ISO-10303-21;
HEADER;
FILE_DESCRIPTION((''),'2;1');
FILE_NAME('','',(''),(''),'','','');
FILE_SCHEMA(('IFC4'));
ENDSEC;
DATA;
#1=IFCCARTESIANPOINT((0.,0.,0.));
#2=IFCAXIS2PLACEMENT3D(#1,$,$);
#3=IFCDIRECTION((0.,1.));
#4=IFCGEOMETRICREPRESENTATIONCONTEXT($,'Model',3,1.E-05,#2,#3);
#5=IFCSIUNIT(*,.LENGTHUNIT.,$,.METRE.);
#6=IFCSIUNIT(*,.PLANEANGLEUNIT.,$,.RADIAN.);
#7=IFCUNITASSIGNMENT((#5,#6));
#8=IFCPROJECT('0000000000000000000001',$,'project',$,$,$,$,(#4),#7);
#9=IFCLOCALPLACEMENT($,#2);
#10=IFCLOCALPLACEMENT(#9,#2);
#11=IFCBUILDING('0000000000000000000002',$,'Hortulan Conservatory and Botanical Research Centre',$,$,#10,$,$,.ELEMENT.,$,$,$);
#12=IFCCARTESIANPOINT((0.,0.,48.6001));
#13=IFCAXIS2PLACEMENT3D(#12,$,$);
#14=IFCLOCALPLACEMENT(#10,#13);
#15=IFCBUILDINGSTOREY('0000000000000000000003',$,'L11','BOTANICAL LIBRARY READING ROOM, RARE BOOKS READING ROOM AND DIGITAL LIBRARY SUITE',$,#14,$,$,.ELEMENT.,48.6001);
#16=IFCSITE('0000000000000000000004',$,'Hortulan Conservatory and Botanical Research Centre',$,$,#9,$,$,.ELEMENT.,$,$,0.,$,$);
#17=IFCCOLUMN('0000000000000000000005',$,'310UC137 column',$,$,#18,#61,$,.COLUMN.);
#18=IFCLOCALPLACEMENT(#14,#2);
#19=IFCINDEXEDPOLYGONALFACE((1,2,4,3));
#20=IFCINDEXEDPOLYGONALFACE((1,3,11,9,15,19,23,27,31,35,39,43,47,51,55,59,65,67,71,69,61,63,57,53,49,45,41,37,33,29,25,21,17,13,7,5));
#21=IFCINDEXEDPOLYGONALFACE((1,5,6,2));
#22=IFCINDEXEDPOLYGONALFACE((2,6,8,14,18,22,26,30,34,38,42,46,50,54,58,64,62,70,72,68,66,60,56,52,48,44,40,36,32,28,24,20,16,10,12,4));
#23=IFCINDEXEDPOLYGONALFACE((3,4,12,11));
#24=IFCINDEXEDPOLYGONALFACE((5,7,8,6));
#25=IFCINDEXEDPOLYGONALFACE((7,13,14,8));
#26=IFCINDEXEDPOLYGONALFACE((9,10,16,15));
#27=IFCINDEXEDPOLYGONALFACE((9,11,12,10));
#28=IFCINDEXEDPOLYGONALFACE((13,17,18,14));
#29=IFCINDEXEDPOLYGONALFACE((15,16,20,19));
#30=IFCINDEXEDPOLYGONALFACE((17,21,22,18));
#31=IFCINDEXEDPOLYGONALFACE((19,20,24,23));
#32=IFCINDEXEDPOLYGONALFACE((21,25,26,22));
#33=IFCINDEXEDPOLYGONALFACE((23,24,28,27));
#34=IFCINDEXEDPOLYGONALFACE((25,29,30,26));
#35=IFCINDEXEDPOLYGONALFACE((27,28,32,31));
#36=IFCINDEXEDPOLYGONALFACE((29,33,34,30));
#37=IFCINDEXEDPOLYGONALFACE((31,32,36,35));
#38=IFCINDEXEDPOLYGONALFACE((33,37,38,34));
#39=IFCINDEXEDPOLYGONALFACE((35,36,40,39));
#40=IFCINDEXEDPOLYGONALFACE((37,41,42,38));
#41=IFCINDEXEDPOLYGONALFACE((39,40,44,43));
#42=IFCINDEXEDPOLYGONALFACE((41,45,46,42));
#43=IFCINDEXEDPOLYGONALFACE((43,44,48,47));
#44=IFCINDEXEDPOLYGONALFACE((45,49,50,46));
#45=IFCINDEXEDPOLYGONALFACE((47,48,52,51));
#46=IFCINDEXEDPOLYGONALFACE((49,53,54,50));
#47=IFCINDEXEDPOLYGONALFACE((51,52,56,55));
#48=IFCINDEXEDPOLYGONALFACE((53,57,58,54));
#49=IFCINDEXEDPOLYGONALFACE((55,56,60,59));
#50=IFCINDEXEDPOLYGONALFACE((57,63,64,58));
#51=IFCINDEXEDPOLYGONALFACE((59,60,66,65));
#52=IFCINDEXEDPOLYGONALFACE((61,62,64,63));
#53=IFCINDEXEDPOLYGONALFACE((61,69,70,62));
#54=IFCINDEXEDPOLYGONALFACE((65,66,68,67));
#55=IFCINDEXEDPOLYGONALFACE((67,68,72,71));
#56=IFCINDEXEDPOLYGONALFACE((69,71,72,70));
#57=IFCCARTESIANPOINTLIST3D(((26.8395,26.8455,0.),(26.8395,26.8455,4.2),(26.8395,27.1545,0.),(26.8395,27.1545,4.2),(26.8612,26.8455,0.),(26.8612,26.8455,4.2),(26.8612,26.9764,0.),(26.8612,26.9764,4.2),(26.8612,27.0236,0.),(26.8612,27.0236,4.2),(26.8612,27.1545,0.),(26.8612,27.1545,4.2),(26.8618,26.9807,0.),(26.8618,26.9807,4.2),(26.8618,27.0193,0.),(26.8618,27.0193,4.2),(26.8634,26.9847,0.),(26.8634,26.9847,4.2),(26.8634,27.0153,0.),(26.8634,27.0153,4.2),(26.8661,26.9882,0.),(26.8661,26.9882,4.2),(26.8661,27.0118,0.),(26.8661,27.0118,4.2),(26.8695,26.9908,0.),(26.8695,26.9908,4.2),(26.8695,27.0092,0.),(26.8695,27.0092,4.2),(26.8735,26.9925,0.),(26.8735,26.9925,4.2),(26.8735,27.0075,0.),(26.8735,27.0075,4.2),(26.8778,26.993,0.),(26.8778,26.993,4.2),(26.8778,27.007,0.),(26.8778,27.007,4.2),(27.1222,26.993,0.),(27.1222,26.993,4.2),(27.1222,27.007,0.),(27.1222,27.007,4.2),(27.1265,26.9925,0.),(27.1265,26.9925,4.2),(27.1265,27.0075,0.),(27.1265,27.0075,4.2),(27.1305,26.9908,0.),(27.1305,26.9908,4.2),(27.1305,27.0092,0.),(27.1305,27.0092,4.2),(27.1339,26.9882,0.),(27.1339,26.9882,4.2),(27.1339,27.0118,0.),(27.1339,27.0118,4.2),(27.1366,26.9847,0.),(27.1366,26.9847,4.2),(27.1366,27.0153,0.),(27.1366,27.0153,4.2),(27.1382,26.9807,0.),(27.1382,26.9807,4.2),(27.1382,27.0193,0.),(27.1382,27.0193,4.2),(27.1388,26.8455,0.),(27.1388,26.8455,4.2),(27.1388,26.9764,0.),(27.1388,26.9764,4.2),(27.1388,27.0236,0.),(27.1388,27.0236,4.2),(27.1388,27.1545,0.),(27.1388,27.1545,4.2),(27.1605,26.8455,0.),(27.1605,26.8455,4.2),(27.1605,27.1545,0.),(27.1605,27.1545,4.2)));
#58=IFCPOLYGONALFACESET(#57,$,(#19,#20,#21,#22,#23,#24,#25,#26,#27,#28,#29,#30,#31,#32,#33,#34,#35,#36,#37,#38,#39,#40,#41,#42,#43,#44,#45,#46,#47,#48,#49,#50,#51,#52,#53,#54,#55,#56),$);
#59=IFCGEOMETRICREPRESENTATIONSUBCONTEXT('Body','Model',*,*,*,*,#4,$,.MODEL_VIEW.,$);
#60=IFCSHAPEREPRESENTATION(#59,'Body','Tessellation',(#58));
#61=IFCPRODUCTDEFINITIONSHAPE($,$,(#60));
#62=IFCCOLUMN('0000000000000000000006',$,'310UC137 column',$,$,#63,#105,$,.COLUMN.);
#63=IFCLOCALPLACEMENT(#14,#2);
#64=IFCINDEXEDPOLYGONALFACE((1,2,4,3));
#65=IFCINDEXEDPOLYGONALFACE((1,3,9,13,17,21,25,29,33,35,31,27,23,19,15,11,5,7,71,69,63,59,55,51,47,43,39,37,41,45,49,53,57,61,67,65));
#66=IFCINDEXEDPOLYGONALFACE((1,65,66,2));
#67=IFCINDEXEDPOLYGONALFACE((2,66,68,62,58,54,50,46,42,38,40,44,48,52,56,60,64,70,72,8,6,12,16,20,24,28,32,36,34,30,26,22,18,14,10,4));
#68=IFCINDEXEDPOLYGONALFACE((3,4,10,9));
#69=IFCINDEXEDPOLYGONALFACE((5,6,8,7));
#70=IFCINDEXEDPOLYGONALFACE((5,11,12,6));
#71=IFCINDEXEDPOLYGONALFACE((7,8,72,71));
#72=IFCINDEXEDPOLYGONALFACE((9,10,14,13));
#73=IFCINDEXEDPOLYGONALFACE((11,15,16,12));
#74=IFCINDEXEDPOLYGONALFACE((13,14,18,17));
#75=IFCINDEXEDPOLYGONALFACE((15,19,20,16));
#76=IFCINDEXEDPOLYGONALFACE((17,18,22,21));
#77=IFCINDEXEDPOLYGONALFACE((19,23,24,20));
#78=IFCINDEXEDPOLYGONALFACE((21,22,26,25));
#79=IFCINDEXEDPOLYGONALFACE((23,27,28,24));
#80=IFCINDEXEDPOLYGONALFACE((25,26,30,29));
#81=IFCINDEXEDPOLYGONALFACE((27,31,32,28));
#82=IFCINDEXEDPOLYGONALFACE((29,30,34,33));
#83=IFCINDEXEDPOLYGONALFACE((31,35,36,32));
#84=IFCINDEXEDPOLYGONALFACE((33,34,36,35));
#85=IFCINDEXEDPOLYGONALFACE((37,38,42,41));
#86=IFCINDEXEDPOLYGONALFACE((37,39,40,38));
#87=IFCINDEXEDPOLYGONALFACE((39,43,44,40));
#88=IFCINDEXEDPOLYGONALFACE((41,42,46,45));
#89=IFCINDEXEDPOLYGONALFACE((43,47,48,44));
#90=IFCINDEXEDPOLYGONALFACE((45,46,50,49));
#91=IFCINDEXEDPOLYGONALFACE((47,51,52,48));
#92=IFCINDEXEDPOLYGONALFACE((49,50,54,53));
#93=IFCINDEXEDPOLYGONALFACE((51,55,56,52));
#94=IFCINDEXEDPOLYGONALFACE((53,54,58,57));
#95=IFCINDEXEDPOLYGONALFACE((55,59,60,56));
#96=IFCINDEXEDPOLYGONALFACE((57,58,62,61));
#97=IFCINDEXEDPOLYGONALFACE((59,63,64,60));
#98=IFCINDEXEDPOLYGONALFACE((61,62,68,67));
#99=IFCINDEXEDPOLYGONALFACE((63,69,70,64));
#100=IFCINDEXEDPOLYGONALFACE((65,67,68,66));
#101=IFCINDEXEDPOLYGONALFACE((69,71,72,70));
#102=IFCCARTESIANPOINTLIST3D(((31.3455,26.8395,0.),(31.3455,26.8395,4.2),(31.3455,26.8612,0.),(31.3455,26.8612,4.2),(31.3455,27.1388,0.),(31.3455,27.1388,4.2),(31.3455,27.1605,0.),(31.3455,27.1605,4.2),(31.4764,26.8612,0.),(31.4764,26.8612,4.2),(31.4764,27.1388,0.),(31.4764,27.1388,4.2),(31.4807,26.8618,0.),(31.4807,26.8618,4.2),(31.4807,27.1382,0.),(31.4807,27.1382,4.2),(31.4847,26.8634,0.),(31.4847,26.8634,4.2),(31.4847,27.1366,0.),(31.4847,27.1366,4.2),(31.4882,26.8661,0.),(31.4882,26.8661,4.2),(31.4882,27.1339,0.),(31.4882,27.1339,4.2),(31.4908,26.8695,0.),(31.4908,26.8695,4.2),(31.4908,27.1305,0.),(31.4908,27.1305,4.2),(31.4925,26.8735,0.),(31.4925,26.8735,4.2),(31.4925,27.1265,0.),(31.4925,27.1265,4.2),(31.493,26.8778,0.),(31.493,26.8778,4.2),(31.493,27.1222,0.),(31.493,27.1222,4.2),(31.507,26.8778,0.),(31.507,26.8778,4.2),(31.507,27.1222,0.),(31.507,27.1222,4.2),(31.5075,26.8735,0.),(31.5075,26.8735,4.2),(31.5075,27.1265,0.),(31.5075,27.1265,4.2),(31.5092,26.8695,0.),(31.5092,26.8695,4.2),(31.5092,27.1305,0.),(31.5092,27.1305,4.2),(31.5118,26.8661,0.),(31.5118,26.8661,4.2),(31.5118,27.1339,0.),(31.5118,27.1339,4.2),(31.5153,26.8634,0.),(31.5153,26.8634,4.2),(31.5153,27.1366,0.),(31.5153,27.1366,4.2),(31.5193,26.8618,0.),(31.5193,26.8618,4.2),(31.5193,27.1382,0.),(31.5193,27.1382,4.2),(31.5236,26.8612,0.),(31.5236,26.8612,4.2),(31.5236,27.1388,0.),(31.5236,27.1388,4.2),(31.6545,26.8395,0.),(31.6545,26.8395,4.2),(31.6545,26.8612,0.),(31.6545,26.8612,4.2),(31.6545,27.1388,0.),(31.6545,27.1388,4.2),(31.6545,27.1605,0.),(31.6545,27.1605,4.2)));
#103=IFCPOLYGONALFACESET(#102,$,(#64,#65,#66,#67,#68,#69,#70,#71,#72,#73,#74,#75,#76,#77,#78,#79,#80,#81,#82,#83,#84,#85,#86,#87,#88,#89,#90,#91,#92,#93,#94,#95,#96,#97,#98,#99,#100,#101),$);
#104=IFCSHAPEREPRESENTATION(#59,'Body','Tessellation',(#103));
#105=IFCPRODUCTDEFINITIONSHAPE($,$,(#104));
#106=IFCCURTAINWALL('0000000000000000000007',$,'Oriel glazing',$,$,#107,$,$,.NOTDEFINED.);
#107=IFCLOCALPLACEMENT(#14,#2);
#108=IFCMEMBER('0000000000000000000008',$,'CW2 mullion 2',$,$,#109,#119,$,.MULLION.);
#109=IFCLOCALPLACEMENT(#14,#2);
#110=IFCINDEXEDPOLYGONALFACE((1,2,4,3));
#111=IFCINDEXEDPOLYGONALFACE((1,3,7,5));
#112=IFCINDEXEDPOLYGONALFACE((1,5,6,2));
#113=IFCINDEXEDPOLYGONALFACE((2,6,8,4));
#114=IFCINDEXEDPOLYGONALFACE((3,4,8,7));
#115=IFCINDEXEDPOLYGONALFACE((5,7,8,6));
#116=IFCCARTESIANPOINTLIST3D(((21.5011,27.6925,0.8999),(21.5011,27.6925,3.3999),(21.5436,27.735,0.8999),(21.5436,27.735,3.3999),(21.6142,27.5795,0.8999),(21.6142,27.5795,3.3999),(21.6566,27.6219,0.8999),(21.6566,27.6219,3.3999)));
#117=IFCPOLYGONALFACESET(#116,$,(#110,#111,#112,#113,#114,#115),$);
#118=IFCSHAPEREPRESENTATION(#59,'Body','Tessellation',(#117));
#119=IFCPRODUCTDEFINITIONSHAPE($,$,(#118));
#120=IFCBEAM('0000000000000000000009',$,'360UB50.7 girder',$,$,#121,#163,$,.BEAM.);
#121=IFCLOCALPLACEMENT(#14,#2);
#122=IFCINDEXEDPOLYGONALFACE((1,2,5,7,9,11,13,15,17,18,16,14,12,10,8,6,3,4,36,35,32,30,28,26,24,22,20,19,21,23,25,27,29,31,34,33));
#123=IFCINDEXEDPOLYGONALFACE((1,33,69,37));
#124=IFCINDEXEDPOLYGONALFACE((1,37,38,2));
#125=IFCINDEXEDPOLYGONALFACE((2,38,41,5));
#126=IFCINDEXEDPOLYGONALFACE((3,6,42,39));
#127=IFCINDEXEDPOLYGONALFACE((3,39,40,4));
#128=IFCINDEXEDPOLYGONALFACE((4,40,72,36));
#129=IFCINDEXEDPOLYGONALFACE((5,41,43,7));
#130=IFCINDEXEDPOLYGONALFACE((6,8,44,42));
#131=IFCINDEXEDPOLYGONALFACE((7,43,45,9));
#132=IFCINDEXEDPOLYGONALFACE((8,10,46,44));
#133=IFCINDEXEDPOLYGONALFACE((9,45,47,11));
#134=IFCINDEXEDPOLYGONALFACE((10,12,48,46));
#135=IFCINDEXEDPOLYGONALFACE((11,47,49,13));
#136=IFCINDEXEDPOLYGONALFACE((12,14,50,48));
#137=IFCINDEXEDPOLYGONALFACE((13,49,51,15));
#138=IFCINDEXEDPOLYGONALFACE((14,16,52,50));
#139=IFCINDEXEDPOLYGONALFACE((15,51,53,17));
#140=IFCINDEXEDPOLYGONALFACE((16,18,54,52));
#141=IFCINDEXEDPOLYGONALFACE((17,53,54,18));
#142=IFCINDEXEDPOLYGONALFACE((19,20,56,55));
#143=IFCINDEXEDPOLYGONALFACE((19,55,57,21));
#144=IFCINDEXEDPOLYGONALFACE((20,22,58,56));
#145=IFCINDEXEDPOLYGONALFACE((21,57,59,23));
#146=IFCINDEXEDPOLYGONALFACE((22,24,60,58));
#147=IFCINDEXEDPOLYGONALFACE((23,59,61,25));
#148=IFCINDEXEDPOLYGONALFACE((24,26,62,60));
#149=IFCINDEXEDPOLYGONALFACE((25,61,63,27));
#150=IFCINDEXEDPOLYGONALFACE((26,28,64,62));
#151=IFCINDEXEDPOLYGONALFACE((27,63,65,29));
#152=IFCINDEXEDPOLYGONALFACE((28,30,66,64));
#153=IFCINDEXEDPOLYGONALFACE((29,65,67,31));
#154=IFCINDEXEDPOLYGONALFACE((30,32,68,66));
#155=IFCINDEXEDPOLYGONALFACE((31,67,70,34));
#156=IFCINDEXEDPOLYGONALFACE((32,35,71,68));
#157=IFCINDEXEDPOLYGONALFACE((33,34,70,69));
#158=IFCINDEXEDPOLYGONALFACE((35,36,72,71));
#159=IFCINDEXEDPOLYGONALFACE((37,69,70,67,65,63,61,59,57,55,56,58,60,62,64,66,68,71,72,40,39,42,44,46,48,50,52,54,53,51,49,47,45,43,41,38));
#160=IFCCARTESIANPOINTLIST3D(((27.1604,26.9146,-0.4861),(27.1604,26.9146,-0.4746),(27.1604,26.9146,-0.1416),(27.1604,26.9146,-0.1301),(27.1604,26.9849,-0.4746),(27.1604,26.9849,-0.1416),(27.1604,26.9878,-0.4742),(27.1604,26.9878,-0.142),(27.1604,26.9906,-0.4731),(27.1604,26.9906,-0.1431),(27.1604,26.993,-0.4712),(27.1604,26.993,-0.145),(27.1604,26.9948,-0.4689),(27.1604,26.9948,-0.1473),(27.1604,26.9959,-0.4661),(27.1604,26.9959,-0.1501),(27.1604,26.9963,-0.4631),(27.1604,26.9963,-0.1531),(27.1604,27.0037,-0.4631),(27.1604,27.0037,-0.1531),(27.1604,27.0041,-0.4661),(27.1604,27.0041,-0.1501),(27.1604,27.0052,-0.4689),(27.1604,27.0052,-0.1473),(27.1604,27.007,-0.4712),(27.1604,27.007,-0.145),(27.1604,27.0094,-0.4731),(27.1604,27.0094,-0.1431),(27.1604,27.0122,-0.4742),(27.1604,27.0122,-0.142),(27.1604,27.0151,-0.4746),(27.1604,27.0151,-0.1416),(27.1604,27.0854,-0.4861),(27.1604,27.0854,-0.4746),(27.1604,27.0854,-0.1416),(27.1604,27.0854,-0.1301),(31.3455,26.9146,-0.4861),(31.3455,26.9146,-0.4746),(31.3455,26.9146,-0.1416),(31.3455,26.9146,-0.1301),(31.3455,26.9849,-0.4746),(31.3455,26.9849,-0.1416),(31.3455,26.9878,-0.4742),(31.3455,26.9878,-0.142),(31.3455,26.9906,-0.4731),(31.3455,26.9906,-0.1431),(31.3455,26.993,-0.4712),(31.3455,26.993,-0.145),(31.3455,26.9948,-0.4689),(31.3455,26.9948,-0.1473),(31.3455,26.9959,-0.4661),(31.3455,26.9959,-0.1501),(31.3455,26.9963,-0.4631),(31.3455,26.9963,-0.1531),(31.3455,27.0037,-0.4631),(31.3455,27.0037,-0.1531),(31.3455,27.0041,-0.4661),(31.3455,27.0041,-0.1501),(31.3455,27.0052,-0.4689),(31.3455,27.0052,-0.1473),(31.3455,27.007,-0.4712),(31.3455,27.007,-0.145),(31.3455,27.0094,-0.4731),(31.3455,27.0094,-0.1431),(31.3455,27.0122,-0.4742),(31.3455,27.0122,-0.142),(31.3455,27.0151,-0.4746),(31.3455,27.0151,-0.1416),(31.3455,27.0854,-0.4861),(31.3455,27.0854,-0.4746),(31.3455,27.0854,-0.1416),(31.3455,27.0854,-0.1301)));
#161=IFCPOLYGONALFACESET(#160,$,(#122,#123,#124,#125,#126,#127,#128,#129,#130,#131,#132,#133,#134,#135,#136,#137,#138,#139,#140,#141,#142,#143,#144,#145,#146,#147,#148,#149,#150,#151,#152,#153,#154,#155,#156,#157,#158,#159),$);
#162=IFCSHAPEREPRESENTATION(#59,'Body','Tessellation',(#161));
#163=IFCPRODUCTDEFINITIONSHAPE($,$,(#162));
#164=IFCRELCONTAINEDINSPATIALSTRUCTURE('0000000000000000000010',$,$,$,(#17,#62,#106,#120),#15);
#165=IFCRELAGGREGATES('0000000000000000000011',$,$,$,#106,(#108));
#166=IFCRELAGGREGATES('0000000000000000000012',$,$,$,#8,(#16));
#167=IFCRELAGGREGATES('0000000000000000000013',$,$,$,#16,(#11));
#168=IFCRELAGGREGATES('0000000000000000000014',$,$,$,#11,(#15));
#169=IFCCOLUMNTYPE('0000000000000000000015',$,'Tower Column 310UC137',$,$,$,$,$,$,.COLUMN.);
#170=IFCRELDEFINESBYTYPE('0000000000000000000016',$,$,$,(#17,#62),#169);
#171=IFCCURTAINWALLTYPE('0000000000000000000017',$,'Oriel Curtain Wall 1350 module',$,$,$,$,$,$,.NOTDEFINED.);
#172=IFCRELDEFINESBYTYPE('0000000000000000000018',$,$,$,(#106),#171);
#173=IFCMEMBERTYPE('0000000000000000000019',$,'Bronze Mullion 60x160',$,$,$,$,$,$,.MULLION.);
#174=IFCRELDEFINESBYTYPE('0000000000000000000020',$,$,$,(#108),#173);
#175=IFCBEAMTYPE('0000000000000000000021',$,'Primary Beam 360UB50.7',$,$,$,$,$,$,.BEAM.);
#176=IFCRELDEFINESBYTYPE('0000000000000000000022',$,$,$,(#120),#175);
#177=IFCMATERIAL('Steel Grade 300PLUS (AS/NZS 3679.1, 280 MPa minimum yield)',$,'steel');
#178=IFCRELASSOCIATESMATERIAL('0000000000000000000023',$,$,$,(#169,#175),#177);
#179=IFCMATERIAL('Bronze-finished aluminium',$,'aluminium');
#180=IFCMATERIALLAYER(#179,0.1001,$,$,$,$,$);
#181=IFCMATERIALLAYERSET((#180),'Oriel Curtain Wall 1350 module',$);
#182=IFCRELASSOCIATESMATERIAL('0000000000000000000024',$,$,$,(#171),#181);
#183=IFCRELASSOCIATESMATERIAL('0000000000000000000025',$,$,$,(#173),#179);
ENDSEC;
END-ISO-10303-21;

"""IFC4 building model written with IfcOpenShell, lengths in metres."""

from ifc_helpers import new_model, si_unit, direction, frame, origin, origin_2d, place, context, subcontext, project, spatial, rectangle, i_section, extrude, material, layer, layer_set, material_profile, profile_set, type_object, element, aggregate, save


model = new_model("IFC4")

# Units and contexts
model_context = context("Model", 3, precision=1e-05, world=origin(), true_north=direction((0.0, 1.0)))
body_context = subcontext(model_context, "Body", "Model", "MODEL_VIEW")
ifc_project = project(units=[si_unit("LENGTHUNIT", "METRE"), si_unit("PLANEANGLEUNIT", "RADIAN")], contexts=[model_context])

# Site, building, storey
site_placement = place(None, origin())
site = spatial("IfcSite", under=ifc_project, at=site_placement, Name="Hortulan Conservatory and Botanical Research Centre", CompositionType="ELEMENT", RefElevation=0.0)
building_placement = place(site_placement, origin())
building = spatial("IfcBuilding", under=site, at=building_placement, Name="Hortulan Conservatory and Botanical Research Centre", CompositionType="ELEMENT")
storey_placement = place(building_placement, frame((0.0, 0.0, 48.6001)))
storey = spatial("IfcBuildingStorey", under=building, at=storey_placement, Name="L11", Description="BOTANICAL LIBRARY READING ROOM, RARE BOOKS READING ROOM AND DIGITAL LIBRARY SUITE", CompositionType="ELEMENT", Elevation=48.6001)

# Columns
ifc_material_1 = material(Name="Steel Grade 300PLUS (AS/NZS 3679.1, 280 MPa minimum yield)", Category="steel")
ifc_material_profile_1 = material_profile(ifc_material_1, i_section(OverallWidth=0.3091, OverallDepth=0.321, WebThickness=0.0139, FlangeThickness=0.0217, FilletRadius=0.0166, at=origin_2d()), Name="310UC137")
ifc_profile_set_1 = profile_set([ifc_material_profile_1], Name="Steel Grade 300PLUS (AS/NZS 3679.1, 280 MPa minimum yield)")
column_type = type_object("IfcColumnType", Name="Tower Column 310UC137", PredefinedType="COLUMN", material=ifc_profile_set_1)
for number, where, z_axis, x_axis, name in (
    (1, (27.0, 27.0, 0.0), (0.0, 0.0, 1.0), (0.0, 1.0, 0.0), "310UC137 column"),
    (2, (31.5, 27.0, 0.0), (0.0, 0.0, 1.0), (1.0, 0.0, 0.0), "310UC137 column"),
):
    element("IfcColumn", number, at=place(storey_placement, frame(where, z_axis=z_axis, x_axis=x_axis)), inside=storey, type_object=column_type, Name=name, PredefinedType="COLUMN", context=body_context, shape_type="SweptSolid", body=[
        extrude(i_section(OverallWidth=0.3091, OverallDepth=0.321, WebThickness=0.0139, FlangeThickness=0.0217, FilletRadius=0.0166, at=origin_2d()), origin(), (0.0, 0.0, 1.0), 4.2),
    ])

# Curtain wall, member
ifc_material_2 = material(Name="Bronze-finished aluminium", Category="aluminium")
ifc_layer_1 = layer(ifc_material_2, 0.1001)
ifc_layer_set_1 = layer_set([ifc_layer_1], Name="Oriel Curtain Wall 1350 module")
curtain_wall_type = type_object("IfcCurtainWallType", Name="Oriel Curtain Wall 1350 module", PredefinedType="NOTDEFINED", material=ifc_layer_set_1)
curtain_wall_placement = place(storey_placement, origin())
curtain_wall = element("IfcCurtainWall", 3, at=curtain_wall_placement, inside=storey, type_object=curtain_wall_type, Name="Oriel glazing", PredefinedType="NOTDEFINED")
ifc_material_profile_2 = material_profile(ifc_material_2, rectangle(XDim=0.0601, YDim=0.1599, at=origin_2d()), Name="Bronze Mullion 60x160")
ifc_profile_set_2 = profile_set([ifc_material_profile_2], Name="Bronze-finished aluminium")
member_type = type_object("IfcMemberType", Name="Bronze Mullion 60x160", PredefinedType="MULLION", material=ifc_profile_set_2)
member_placement = place(storey_placement, frame((21.5789, 27.6572, 0.8999), z_axis=(0.0, 0.0, 1.0), x_axis=(0.707107, 0.707107, 0.0)))
member = element("IfcMember", 4, at=member_placement, type_object=member_type, Name="CW2 mullion 2", PredefinedType="MULLION", context=body_context, shape_type="SweptSolid", body=[
    extrude(rectangle(XDim=0.0601, YDim=0.1599, at=origin_2d()), origin(), (0.0, 0.0, 1.0), 2.5),
])
aggregate(curtain_wall, [member])

# Beam
ifc_material_profile_3 = material_profile(ifc_material_1, i_section(OverallWidth=0.1709, OverallDepth=0.356, WebThickness=0.0073, FlangeThickness=0.0115, FilletRadius=0.0115, at=origin_2d()), Name="360UB50.7")
ifc_profile_set_3 = profile_set([ifc_material_profile_3], Name="Steel Grade 300PLUS (AS/NZS 3679.1, 280 MPa minimum yield)")
beam_type = type_object("IfcBeamType", Name="Primary Beam 360UB50.7", PredefinedType="BEAM", material=ifc_profile_set_3)
beam_placement = place(storey_placement, frame((27.1604, 27.0, -0.3081), z_axis=(1.0, 0.0, 0.0), x_axis=(0.0, 1.0, 0.0)))
element("IfcBeam", 5, at=beam_placement, inside=storey, type_object=beam_type, Name="360UB50.7 girder", PredefinedType="BEAM", context=body_context, shape_type="SweptSolid", body=[
    extrude(i_section(OverallWidth=0.1709, OverallDepth=0.356, WebThickness=0.0073, FlangeThickness=0.0115, FilletRadius=0.0115, at=origin_2d()), origin(), (0.0, 0.0, 1.0), 4.1851),
])

save(model, "model.ifc")
